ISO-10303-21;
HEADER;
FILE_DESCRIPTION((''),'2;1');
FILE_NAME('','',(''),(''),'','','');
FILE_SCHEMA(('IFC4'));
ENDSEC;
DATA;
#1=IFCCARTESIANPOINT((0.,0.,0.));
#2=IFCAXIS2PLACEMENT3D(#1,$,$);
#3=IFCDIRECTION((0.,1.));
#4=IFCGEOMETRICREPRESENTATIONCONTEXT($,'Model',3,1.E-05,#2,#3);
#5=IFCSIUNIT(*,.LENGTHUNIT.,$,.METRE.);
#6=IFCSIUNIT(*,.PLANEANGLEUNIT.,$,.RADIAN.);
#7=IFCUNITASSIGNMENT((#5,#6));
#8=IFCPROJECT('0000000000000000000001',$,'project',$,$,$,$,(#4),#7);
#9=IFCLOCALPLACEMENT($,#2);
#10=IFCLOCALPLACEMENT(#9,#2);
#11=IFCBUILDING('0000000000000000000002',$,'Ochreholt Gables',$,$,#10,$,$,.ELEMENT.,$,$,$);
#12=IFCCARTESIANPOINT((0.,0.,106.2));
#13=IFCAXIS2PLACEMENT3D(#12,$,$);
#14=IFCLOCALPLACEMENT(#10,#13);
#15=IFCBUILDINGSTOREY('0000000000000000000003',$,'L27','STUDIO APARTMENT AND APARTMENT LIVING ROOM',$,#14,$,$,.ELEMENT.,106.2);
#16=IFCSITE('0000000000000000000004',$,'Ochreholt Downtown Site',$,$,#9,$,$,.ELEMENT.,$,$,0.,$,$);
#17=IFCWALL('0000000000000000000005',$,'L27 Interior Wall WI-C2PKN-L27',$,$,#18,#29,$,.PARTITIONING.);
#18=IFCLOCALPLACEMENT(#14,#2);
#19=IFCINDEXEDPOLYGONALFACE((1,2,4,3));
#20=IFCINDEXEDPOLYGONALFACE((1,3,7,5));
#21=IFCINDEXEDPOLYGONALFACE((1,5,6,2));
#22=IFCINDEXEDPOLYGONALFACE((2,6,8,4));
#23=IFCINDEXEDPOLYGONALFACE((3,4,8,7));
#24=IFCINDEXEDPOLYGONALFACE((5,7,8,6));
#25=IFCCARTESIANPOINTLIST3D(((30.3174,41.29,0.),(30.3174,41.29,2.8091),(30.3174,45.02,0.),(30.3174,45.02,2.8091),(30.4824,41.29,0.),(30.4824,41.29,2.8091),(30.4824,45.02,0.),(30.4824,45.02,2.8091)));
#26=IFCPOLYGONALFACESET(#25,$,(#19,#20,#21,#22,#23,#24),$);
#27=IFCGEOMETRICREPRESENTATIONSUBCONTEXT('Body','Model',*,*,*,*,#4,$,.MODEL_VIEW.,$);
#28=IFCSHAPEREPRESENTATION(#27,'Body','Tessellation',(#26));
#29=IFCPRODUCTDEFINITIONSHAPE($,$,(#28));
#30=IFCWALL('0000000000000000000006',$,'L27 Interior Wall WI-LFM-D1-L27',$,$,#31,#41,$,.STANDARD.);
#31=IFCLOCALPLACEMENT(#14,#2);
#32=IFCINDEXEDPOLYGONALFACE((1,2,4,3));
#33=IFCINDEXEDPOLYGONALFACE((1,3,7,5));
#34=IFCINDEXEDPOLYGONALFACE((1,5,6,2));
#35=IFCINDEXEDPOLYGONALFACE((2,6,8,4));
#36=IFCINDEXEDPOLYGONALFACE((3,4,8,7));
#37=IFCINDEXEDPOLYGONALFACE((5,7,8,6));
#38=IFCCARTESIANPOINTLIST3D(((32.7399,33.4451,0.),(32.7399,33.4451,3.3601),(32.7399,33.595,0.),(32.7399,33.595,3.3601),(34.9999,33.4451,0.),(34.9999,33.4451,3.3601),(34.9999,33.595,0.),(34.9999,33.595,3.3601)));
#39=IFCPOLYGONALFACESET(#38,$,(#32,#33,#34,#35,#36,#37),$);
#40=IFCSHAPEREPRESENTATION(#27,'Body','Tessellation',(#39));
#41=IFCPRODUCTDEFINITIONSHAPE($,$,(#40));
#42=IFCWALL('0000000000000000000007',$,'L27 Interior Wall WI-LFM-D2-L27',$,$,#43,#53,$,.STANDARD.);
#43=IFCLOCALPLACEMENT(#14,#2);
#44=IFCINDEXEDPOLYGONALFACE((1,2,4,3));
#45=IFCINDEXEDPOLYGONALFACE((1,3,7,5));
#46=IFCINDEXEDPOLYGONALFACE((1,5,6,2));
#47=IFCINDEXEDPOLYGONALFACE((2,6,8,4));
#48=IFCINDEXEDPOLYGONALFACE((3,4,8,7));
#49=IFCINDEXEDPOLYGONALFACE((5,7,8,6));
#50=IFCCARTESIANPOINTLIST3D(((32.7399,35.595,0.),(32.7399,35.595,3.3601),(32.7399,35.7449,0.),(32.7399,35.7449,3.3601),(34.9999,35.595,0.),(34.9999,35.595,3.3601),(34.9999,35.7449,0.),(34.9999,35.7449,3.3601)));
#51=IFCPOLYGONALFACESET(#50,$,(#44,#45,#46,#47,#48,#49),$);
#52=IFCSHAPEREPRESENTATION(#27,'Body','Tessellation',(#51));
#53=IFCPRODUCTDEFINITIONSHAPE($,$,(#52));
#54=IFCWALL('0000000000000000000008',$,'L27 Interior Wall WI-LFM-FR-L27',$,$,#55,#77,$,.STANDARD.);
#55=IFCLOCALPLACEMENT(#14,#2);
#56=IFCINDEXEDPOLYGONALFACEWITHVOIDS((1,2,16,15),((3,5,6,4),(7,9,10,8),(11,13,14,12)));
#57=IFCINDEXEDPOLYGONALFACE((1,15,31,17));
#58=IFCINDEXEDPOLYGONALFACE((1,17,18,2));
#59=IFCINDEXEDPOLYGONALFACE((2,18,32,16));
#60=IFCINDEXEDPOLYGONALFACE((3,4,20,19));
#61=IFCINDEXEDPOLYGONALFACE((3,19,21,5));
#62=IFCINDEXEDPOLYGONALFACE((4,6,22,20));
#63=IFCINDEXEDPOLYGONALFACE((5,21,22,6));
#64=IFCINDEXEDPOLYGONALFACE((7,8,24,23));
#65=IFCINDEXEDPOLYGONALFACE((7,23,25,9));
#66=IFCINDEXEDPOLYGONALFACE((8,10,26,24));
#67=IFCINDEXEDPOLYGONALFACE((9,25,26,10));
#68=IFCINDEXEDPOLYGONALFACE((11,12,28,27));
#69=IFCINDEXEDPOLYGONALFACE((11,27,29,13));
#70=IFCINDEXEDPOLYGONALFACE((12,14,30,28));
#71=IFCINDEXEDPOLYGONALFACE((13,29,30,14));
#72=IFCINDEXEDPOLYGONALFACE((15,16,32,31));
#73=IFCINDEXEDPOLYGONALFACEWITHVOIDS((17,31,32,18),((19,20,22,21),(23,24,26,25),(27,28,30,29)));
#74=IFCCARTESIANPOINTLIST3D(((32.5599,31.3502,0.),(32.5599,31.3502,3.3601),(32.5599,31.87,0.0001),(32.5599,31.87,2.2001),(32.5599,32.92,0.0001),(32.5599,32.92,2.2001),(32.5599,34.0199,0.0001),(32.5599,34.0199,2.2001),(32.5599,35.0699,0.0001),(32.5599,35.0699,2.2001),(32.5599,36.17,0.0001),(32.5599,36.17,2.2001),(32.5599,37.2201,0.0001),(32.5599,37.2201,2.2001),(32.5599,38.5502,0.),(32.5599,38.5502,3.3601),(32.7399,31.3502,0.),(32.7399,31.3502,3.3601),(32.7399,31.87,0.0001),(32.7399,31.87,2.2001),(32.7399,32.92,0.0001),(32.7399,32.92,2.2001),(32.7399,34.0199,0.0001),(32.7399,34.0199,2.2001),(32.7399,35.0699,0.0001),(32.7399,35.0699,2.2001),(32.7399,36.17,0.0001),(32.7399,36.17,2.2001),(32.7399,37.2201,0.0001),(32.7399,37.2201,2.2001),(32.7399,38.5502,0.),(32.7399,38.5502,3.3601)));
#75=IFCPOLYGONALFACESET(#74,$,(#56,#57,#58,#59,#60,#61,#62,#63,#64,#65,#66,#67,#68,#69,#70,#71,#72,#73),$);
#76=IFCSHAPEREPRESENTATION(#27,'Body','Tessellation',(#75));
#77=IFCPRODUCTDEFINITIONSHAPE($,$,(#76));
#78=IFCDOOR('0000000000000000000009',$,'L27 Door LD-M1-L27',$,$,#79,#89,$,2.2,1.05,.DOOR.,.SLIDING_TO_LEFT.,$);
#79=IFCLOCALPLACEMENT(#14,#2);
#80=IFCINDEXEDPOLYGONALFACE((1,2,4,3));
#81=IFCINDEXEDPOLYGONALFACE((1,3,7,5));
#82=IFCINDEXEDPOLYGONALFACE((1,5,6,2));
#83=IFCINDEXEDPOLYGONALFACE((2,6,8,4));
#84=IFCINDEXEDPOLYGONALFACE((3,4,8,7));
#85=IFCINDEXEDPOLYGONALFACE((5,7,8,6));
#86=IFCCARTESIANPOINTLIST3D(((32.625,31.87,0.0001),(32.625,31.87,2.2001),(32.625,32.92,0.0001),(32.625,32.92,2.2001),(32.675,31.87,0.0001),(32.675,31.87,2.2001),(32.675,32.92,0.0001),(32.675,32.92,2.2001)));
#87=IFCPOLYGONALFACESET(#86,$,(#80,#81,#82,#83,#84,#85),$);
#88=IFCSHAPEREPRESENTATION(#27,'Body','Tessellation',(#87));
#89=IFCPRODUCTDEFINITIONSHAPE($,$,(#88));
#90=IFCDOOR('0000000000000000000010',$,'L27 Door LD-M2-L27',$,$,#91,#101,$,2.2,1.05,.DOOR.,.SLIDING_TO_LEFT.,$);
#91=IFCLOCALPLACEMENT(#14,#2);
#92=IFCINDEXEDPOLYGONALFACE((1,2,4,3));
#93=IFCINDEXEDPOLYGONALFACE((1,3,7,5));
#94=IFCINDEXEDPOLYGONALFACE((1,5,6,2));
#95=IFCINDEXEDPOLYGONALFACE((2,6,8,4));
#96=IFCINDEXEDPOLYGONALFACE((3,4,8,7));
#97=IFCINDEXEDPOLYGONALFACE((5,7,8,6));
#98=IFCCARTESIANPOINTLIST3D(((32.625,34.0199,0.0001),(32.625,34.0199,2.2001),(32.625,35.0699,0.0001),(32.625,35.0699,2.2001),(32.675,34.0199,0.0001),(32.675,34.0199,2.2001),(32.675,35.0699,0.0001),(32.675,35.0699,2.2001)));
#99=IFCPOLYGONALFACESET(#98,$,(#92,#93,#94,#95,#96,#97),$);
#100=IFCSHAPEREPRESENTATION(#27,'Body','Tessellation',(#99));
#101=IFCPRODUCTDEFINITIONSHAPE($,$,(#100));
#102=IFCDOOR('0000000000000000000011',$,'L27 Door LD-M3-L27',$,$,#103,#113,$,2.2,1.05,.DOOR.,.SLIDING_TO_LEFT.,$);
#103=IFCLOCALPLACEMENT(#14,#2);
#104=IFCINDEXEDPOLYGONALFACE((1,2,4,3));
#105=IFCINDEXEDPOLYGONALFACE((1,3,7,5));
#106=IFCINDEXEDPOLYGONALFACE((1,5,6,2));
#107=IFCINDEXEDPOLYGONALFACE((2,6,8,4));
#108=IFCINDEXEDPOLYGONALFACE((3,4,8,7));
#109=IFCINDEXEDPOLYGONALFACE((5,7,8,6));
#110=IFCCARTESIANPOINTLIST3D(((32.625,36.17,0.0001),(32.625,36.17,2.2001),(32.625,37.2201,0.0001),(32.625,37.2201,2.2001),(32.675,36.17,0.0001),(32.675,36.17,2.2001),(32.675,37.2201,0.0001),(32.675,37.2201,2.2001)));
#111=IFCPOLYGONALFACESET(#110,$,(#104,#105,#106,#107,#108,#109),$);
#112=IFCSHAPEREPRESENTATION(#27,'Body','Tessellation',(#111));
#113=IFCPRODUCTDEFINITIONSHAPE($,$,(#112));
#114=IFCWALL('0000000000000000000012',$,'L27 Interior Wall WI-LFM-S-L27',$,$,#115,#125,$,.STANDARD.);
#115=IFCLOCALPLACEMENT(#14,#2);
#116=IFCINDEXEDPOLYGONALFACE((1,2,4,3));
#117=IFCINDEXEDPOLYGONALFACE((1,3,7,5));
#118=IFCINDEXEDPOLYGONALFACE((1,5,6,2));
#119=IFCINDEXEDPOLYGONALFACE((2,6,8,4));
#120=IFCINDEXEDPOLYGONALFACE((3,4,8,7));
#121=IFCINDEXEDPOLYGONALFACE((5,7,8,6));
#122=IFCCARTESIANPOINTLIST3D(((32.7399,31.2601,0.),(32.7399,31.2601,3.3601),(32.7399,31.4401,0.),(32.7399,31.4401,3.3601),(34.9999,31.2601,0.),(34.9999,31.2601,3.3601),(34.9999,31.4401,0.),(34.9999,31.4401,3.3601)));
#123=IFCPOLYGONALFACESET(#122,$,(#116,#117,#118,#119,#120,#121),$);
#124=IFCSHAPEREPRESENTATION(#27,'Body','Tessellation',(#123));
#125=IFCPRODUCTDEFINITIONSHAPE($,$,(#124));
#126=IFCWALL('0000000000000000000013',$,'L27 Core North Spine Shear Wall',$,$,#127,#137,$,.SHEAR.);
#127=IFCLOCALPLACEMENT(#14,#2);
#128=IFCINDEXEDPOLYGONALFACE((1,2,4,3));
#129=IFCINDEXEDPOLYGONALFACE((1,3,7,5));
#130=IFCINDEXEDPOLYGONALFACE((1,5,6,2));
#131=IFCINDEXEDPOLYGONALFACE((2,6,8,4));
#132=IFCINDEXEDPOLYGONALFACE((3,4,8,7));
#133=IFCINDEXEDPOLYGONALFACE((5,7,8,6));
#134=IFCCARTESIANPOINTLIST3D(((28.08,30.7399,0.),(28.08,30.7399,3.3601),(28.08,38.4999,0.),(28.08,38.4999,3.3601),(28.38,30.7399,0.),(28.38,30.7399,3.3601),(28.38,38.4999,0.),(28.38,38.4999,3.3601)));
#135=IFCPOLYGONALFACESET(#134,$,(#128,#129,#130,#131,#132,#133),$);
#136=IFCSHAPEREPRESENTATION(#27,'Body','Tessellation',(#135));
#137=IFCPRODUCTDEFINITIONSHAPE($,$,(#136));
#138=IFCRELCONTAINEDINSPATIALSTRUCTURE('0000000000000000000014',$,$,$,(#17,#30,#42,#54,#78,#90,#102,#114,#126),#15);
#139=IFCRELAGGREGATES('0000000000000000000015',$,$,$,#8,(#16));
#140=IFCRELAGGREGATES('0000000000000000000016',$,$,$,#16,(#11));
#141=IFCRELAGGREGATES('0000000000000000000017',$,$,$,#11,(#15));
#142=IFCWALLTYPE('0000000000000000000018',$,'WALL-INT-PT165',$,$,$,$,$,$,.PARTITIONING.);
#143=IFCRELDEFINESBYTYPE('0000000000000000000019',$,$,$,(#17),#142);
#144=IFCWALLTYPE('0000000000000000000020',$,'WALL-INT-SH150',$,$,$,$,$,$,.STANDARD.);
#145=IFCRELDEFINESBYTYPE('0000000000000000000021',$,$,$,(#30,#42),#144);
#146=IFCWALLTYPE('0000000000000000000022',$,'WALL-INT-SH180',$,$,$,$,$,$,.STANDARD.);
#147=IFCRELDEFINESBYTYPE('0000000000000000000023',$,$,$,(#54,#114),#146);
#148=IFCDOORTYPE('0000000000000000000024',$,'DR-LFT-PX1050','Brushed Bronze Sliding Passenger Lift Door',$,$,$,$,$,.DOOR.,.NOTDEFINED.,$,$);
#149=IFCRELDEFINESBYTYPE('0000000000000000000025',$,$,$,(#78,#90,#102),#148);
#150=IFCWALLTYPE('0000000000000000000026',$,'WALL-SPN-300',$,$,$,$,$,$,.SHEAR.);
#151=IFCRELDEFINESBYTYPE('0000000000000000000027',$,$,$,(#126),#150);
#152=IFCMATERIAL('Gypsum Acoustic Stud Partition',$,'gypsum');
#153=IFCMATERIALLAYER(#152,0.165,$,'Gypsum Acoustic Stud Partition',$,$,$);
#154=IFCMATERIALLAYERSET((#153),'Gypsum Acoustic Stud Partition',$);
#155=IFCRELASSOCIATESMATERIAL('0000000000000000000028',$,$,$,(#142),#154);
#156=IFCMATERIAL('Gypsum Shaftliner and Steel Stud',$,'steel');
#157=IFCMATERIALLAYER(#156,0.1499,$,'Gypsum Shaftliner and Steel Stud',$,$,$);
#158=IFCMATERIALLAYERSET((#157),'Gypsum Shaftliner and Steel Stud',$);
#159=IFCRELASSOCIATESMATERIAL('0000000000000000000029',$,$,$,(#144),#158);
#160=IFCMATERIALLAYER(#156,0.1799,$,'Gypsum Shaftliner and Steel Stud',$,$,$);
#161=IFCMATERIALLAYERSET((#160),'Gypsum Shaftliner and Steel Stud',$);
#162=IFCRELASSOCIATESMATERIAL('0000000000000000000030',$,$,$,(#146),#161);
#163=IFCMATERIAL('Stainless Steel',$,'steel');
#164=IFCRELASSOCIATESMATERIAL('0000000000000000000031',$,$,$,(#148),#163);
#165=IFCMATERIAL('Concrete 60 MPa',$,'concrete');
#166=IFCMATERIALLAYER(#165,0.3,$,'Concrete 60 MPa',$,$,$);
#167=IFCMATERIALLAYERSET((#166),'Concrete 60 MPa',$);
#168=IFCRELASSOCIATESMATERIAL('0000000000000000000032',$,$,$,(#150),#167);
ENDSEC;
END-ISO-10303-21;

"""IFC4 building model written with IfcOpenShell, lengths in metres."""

from ifc_helpers import new_model, si_unit, direction, frame, frame_2d, origin, place, context, subcontext, project, spatial, rectangle, extrude, material, layer, layer_set, type_object, element, fill, save


model = new_model("IFC4")

# Units and contexts
model_context = context("Model", 3, precision=1e-05, world=origin(), true_north=direction((0.0, 1.0)))
body_context = subcontext(model_context, "Body", "Model", "MODEL_VIEW")
ifc_project = project(units=[si_unit("LENGTHUNIT", "METRE"), si_unit("PLANEANGLEUNIT", "RADIAN")], contexts=[model_context])

# Site, building, storey
site_placement = place(None, origin())
site = spatial("IfcSite", under=ifc_project, at=site_placement, Name="Ochreholt Downtown Site", CompositionType="ELEMENT", RefElevation=0.0)
building_placement = place(site_placement, origin())
building = spatial("IfcBuilding", under=site, at=building_placement, Name="Ochreholt Gables", CompositionType="ELEMENT")
storey_placement = place(building_placement, frame((0.0, 0.0, 106.2)))
storey = spatial("IfcBuildingStorey", under=building, at=storey_placement, Name="L27", Description="STUDIO APARTMENT AND APARTMENT LIVING ROOM", CompositionType="ELEMENT", Elevation=106.2)

# Shared definitions
ifc_material_1 = material(Name="Concrete 60 MPa", Category="concrete")

# Shared definitions
ifc_material_2 = material(Name="Gypsum Acoustic Stud Partition", Category="gypsum")
ifc_layer_1 = layer(ifc_material_2, 0.165, Name="Gypsum Acoustic Stud Partition")
ifc_layer_set_1 = layer_set([ifc_layer_1], Name="Gypsum Acoustic Stud Partition")
wall_type_1 = type_object("IfcWallType", Name="WALL-INT-PT165", PredefinedType="PARTITIONING", material=ifc_layer_set_1)

# Walls
wall_1_placement = place(storey_placement, frame((30.3999, 41.29, 0.0), z_axis=(0.0, 0.0, 1.0), x_axis=(0.0, 1.0, 0.0)))
element("IfcWall", 1, at=wall_1_placement, inside=storey, type_object=wall_type_1, Name="L27 Interior Wall WI-C2PKN-L27", PredefinedType="PARTITIONING", context=body_context, shape_type="SweptSolid", body=[
    extrude(rectangle(XDim=3.73, YDim=0.165, at=frame_2d((1.865, 0.0))), origin(), (0.0, 0.0, 1.0), 2.8091),
])
ifc_material_3 = material(Name="Gypsum Shaftliner and Steel Stud", Category="steel")
ifc_layer_2 = layer(ifc_material_3, 0.1499, Name="Gypsum Shaftliner and Steel Stud")
ifc_layer_set_2 = layer_set([ifc_layer_2], Name="Gypsum Shaftliner and Steel Stud")
wall_type_2 = type_object("IfcWallType", Name="WALL-INT-SH150", PredefinedType="STANDARD", material=ifc_layer_set_2)
for number, where, z_axis, x_axis, name in (
    (2, (32.74, 33.52, 0.0), (0.0, 0.0, 1.0), (1.0, 0.0, 0.0), "L27 Interior Wall WI-LFM-D1-L27"),
    (3, (32.74, 35.6699, 0.0), (0.0, 0.0, 1.0), (1.0, 0.0, 0.0), "L27 Interior Wall WI-LFM-D2-L27"),
):
    element("IfcWall", number, at=place(storey_placement, frame(where, z_axis=z_axis, x_axis=x_axis)), inside=storey, type_object=wall_type_2, Name=name, PredefinedType="STANDARD", context=body_context, shape_type="SweptSolid", body=[
        extrude(rectangle(XDim=2.26, YDim=0.1499, at=frame_2d((1.1299, 0.0))), origin(), (0.0, 0.0, 1.0), 3.3601),
    ])

# Wall, openings, doors
ifc_layer_3 = layer(ifc_material_3, 0.1799, Name="Gypsum Shaftliner and Steel Stud")
ifc_layer_set_3 = layer_set([ifc_layer_3], Name="Gypsum Shaftliner and Steel Stud")
wall_type_3 = type_object("IfcWallType", Name="WALL-INT-SH180", PredefinedType="STANDARD", material=ifc_layer_set_3)
wall_2_placement = place(storey_placement, frame((32.6499, 31.3501, 0.0), z_axis=(0.0, 0.0, 1.0), x_axis=(0.0, 1.0, 0.0)))
wall_2 = element("IfcWall", 4, at=wall_2_placement, inside=storey, type_object=wall_type_3, Name="L27 Interior Wall WI-LFM-FR-L27", PredefinedType="STANDARD", context=body_context, shape_type="SweptSolid", body=[
    extrude(rectangle(XDim=7.2, YDim=0.1799, at=frame_2d((3.6001, 0.0))), origin(), (0.0, 0.0, 1.0), 3.3601),
])
opening_1_placement = place(wall_2_placement, frame((0.52, 0.0, 0.0)))
opening_1 = element("IfcOpeningElement", 5, at=opening_1_placement, cuts=wall_2, PredefinedType="OPENING", context=body_context, shape_type="SweptSolid", body=[
    extrude(rectangle(XDim=1.05, YDim=2.2, at=frame_2d((0.5249, 1.1001))), frame((0.0, 0.0999, 0.0), z_axis=(0.0, -1.0, 0.0), x_axis=(1.0, 0.0, 0.0)), (0.0, 0.0, 1.0), 0.2),
])
opening_2_placement = place(wall_2_placement, frame((2.6699, 0.0, 0.0)))
opening_2 = element("IfcOpeningElement", 6, at=opening_2_placement, cuts=wall_2, PredefinedType="OPENING", context=body_context, shape_type="SweptSolid", body=[
    extrude(rectangle(XDim=1.05, YDim=2.2, at=frame_2d((0.5249, 1.1001))), frame((0.0, 0.0999, 0.0), z_axis=(0.0, -1.0, 0.0), x_axis=(1.0, 0.0, 0.0)), (0.0, 0.0, 1.0), 0.2),
])
opening_3_placement = place(wall_2_placement, frame((4.8201, 0.0, 0.0)))
opening_3 = element("IfcOpeningElement", 7, at=opening_3_placement, cuts=wall_2, PredefinedType="OPENING", context=body_context, shape_type="SweptSolid", body=[
    extrude(rectangle(XDim=1.05, YDim=2.2, at=frame_2d((0.5249, 1.1001))), frame((0.0, 0.0999, 0.0), z_axis=(0.0, -1.0, 0.0), x_axis=(1.0, 0.0, 0.0)), (0.0, 0.0, 1.0), 0.2),
])
ifc_material_4 = material(Name="Stainless Steel", Category="steel")
door_type_1 = type_object("IfcDoorType", Name="DR-LFT-PX1050", Description="Brushed Bronze Sliding Passenger Lift Door", OperationType="NOTDEFINED", PredefinedType="DOOR", material=ifc_material_4)
door_1_placement = place(opening_1_placement, origin())
door_1 = element("IfcDoor", 8, at=door_1_placement, inside=storey, type_object=door_type_1, Name="L27 Door LD-M1-L27", OperationType="SLIDING_TO_LEFT", OverallHeight=2.2, OverallWidth=1.05, PredefinedType="DOOR", context=body_context, shape_type="SweptSolid", body=[
    extrude(rectangle(XDim=1.05, YDim=2.2, at=frame_2d((0.5249, 1.1001))), frame((0.0, 0.0249, 0.0), z_axis=(0.0, -1.0, 0.0), x_axis=(1.0, 0.0, 0.0)), (0.0, 0.0, 1.0), 0.05),
])
fill(opening_1, door_1)
door_2_placement = place(opening_2_placement, origin())
door_2 = element("IfcDoor", 9, at=door_2_placement, inside=storey, type_object=door_type_1, Name="L27 Door LD-M2-L27", OperationType="SLIDING_TO_LEFT", OverallHeight=2.2, OverallWidth=1.05, PredefinedType="DOOR", context=body_context, shape_type="SweptSolid", body=[
    extrude(rectangle(XDim=1.05, YDim=2.2, at=frame_2d((0.5249, 1.1001))), frame((0.0, 0.0249, 0.0), z_axis=(0.0, -1.0, 0.0), x_axis=(1.0, 0.0, 0.0)), (0.0, 0.0, 1.0), 0.05),
])
fill(opening_2, door_2)
door_3_placement = place(opening_3_placement, origin())
door_3 = element("IfcDoor", 10, at=door_3_placement, inside=storey, type_object=door_type_1, Name="L27 Door LD-M3-L27", OperationType="SLIDING_TO_LEFT", OverallHeight=2.2, OverallWidth=1.05, PredefinedType="DOOR", context=body_context, shape_type="SweptSolid", body=[
    extrude(rectangle(XDim=1.05, YDim=2.2, at=frame_2d((0.5249, 1.1001))), frame((0.0, 0.0249, 0.0), z_axis=(0.0, -1.0, 0.0), x_axis=(1.0, 0.0, 0.0)), (0.0, 0.0, 1.0), 0.05),
])
fill(opening_3, door_3)

# Walls
wall_3_placement = place(storey_placement, frame((32.74, 31.3501, 0.0), z_axis=(0.0, 0.0, 1.0), x_axis=(1.0, 0.0, 0.0)))
element("IfcWall", 11, at=wall_3_placement, inside=storey, type_object=wall_type_3, Name="L27 Interior Wall WI-LFM-S-L27", PredefinedType="STANDARD", context=body_context, shape_type="SweptSolid", body=[
    extrude(rectangle(XDim=2.26, YDim=0.1799, at=frame_2d((1.1299, 0.0))), origin(), (0.0, 0.0, 1.0), 3.3601),
])
ifc_layer_4 = layer(ifc_material_1, 0.3, Name="Concrete 60 MPa")
ifc_layer_set_4 = layer_set([ifc_layer_4], Name="Concrete 60 MPa")
wall_type_4 = type_object("IfcWallType", Name="WALL-SPN-300", PredefinedType="SHEAR", material=ifc_layer_set_4)
wall_4_placement = place(storey_placement, frame((28.23, 30.74, 0.0), z_axis=(0.0, 0.0, 1.0), x_axis=(0.0, 1.0, 0.0)))
element("IfcWall", 12, at=wall_4_placement, inside=storey, type_object=wall_type_4, Name="L27 Core North Spine Shear Wall", PredefinedType="SHEAR", context=body_context, shape_type="SweptSolid", body=[
    extrude(rectangle(XDim=7.76, YDim=0.3, at=frame_2d((3.8799, 0.0))), origin(), (0.0, 0.0, 1.0), 3.3601),
])

save(model, "model.ifc")
